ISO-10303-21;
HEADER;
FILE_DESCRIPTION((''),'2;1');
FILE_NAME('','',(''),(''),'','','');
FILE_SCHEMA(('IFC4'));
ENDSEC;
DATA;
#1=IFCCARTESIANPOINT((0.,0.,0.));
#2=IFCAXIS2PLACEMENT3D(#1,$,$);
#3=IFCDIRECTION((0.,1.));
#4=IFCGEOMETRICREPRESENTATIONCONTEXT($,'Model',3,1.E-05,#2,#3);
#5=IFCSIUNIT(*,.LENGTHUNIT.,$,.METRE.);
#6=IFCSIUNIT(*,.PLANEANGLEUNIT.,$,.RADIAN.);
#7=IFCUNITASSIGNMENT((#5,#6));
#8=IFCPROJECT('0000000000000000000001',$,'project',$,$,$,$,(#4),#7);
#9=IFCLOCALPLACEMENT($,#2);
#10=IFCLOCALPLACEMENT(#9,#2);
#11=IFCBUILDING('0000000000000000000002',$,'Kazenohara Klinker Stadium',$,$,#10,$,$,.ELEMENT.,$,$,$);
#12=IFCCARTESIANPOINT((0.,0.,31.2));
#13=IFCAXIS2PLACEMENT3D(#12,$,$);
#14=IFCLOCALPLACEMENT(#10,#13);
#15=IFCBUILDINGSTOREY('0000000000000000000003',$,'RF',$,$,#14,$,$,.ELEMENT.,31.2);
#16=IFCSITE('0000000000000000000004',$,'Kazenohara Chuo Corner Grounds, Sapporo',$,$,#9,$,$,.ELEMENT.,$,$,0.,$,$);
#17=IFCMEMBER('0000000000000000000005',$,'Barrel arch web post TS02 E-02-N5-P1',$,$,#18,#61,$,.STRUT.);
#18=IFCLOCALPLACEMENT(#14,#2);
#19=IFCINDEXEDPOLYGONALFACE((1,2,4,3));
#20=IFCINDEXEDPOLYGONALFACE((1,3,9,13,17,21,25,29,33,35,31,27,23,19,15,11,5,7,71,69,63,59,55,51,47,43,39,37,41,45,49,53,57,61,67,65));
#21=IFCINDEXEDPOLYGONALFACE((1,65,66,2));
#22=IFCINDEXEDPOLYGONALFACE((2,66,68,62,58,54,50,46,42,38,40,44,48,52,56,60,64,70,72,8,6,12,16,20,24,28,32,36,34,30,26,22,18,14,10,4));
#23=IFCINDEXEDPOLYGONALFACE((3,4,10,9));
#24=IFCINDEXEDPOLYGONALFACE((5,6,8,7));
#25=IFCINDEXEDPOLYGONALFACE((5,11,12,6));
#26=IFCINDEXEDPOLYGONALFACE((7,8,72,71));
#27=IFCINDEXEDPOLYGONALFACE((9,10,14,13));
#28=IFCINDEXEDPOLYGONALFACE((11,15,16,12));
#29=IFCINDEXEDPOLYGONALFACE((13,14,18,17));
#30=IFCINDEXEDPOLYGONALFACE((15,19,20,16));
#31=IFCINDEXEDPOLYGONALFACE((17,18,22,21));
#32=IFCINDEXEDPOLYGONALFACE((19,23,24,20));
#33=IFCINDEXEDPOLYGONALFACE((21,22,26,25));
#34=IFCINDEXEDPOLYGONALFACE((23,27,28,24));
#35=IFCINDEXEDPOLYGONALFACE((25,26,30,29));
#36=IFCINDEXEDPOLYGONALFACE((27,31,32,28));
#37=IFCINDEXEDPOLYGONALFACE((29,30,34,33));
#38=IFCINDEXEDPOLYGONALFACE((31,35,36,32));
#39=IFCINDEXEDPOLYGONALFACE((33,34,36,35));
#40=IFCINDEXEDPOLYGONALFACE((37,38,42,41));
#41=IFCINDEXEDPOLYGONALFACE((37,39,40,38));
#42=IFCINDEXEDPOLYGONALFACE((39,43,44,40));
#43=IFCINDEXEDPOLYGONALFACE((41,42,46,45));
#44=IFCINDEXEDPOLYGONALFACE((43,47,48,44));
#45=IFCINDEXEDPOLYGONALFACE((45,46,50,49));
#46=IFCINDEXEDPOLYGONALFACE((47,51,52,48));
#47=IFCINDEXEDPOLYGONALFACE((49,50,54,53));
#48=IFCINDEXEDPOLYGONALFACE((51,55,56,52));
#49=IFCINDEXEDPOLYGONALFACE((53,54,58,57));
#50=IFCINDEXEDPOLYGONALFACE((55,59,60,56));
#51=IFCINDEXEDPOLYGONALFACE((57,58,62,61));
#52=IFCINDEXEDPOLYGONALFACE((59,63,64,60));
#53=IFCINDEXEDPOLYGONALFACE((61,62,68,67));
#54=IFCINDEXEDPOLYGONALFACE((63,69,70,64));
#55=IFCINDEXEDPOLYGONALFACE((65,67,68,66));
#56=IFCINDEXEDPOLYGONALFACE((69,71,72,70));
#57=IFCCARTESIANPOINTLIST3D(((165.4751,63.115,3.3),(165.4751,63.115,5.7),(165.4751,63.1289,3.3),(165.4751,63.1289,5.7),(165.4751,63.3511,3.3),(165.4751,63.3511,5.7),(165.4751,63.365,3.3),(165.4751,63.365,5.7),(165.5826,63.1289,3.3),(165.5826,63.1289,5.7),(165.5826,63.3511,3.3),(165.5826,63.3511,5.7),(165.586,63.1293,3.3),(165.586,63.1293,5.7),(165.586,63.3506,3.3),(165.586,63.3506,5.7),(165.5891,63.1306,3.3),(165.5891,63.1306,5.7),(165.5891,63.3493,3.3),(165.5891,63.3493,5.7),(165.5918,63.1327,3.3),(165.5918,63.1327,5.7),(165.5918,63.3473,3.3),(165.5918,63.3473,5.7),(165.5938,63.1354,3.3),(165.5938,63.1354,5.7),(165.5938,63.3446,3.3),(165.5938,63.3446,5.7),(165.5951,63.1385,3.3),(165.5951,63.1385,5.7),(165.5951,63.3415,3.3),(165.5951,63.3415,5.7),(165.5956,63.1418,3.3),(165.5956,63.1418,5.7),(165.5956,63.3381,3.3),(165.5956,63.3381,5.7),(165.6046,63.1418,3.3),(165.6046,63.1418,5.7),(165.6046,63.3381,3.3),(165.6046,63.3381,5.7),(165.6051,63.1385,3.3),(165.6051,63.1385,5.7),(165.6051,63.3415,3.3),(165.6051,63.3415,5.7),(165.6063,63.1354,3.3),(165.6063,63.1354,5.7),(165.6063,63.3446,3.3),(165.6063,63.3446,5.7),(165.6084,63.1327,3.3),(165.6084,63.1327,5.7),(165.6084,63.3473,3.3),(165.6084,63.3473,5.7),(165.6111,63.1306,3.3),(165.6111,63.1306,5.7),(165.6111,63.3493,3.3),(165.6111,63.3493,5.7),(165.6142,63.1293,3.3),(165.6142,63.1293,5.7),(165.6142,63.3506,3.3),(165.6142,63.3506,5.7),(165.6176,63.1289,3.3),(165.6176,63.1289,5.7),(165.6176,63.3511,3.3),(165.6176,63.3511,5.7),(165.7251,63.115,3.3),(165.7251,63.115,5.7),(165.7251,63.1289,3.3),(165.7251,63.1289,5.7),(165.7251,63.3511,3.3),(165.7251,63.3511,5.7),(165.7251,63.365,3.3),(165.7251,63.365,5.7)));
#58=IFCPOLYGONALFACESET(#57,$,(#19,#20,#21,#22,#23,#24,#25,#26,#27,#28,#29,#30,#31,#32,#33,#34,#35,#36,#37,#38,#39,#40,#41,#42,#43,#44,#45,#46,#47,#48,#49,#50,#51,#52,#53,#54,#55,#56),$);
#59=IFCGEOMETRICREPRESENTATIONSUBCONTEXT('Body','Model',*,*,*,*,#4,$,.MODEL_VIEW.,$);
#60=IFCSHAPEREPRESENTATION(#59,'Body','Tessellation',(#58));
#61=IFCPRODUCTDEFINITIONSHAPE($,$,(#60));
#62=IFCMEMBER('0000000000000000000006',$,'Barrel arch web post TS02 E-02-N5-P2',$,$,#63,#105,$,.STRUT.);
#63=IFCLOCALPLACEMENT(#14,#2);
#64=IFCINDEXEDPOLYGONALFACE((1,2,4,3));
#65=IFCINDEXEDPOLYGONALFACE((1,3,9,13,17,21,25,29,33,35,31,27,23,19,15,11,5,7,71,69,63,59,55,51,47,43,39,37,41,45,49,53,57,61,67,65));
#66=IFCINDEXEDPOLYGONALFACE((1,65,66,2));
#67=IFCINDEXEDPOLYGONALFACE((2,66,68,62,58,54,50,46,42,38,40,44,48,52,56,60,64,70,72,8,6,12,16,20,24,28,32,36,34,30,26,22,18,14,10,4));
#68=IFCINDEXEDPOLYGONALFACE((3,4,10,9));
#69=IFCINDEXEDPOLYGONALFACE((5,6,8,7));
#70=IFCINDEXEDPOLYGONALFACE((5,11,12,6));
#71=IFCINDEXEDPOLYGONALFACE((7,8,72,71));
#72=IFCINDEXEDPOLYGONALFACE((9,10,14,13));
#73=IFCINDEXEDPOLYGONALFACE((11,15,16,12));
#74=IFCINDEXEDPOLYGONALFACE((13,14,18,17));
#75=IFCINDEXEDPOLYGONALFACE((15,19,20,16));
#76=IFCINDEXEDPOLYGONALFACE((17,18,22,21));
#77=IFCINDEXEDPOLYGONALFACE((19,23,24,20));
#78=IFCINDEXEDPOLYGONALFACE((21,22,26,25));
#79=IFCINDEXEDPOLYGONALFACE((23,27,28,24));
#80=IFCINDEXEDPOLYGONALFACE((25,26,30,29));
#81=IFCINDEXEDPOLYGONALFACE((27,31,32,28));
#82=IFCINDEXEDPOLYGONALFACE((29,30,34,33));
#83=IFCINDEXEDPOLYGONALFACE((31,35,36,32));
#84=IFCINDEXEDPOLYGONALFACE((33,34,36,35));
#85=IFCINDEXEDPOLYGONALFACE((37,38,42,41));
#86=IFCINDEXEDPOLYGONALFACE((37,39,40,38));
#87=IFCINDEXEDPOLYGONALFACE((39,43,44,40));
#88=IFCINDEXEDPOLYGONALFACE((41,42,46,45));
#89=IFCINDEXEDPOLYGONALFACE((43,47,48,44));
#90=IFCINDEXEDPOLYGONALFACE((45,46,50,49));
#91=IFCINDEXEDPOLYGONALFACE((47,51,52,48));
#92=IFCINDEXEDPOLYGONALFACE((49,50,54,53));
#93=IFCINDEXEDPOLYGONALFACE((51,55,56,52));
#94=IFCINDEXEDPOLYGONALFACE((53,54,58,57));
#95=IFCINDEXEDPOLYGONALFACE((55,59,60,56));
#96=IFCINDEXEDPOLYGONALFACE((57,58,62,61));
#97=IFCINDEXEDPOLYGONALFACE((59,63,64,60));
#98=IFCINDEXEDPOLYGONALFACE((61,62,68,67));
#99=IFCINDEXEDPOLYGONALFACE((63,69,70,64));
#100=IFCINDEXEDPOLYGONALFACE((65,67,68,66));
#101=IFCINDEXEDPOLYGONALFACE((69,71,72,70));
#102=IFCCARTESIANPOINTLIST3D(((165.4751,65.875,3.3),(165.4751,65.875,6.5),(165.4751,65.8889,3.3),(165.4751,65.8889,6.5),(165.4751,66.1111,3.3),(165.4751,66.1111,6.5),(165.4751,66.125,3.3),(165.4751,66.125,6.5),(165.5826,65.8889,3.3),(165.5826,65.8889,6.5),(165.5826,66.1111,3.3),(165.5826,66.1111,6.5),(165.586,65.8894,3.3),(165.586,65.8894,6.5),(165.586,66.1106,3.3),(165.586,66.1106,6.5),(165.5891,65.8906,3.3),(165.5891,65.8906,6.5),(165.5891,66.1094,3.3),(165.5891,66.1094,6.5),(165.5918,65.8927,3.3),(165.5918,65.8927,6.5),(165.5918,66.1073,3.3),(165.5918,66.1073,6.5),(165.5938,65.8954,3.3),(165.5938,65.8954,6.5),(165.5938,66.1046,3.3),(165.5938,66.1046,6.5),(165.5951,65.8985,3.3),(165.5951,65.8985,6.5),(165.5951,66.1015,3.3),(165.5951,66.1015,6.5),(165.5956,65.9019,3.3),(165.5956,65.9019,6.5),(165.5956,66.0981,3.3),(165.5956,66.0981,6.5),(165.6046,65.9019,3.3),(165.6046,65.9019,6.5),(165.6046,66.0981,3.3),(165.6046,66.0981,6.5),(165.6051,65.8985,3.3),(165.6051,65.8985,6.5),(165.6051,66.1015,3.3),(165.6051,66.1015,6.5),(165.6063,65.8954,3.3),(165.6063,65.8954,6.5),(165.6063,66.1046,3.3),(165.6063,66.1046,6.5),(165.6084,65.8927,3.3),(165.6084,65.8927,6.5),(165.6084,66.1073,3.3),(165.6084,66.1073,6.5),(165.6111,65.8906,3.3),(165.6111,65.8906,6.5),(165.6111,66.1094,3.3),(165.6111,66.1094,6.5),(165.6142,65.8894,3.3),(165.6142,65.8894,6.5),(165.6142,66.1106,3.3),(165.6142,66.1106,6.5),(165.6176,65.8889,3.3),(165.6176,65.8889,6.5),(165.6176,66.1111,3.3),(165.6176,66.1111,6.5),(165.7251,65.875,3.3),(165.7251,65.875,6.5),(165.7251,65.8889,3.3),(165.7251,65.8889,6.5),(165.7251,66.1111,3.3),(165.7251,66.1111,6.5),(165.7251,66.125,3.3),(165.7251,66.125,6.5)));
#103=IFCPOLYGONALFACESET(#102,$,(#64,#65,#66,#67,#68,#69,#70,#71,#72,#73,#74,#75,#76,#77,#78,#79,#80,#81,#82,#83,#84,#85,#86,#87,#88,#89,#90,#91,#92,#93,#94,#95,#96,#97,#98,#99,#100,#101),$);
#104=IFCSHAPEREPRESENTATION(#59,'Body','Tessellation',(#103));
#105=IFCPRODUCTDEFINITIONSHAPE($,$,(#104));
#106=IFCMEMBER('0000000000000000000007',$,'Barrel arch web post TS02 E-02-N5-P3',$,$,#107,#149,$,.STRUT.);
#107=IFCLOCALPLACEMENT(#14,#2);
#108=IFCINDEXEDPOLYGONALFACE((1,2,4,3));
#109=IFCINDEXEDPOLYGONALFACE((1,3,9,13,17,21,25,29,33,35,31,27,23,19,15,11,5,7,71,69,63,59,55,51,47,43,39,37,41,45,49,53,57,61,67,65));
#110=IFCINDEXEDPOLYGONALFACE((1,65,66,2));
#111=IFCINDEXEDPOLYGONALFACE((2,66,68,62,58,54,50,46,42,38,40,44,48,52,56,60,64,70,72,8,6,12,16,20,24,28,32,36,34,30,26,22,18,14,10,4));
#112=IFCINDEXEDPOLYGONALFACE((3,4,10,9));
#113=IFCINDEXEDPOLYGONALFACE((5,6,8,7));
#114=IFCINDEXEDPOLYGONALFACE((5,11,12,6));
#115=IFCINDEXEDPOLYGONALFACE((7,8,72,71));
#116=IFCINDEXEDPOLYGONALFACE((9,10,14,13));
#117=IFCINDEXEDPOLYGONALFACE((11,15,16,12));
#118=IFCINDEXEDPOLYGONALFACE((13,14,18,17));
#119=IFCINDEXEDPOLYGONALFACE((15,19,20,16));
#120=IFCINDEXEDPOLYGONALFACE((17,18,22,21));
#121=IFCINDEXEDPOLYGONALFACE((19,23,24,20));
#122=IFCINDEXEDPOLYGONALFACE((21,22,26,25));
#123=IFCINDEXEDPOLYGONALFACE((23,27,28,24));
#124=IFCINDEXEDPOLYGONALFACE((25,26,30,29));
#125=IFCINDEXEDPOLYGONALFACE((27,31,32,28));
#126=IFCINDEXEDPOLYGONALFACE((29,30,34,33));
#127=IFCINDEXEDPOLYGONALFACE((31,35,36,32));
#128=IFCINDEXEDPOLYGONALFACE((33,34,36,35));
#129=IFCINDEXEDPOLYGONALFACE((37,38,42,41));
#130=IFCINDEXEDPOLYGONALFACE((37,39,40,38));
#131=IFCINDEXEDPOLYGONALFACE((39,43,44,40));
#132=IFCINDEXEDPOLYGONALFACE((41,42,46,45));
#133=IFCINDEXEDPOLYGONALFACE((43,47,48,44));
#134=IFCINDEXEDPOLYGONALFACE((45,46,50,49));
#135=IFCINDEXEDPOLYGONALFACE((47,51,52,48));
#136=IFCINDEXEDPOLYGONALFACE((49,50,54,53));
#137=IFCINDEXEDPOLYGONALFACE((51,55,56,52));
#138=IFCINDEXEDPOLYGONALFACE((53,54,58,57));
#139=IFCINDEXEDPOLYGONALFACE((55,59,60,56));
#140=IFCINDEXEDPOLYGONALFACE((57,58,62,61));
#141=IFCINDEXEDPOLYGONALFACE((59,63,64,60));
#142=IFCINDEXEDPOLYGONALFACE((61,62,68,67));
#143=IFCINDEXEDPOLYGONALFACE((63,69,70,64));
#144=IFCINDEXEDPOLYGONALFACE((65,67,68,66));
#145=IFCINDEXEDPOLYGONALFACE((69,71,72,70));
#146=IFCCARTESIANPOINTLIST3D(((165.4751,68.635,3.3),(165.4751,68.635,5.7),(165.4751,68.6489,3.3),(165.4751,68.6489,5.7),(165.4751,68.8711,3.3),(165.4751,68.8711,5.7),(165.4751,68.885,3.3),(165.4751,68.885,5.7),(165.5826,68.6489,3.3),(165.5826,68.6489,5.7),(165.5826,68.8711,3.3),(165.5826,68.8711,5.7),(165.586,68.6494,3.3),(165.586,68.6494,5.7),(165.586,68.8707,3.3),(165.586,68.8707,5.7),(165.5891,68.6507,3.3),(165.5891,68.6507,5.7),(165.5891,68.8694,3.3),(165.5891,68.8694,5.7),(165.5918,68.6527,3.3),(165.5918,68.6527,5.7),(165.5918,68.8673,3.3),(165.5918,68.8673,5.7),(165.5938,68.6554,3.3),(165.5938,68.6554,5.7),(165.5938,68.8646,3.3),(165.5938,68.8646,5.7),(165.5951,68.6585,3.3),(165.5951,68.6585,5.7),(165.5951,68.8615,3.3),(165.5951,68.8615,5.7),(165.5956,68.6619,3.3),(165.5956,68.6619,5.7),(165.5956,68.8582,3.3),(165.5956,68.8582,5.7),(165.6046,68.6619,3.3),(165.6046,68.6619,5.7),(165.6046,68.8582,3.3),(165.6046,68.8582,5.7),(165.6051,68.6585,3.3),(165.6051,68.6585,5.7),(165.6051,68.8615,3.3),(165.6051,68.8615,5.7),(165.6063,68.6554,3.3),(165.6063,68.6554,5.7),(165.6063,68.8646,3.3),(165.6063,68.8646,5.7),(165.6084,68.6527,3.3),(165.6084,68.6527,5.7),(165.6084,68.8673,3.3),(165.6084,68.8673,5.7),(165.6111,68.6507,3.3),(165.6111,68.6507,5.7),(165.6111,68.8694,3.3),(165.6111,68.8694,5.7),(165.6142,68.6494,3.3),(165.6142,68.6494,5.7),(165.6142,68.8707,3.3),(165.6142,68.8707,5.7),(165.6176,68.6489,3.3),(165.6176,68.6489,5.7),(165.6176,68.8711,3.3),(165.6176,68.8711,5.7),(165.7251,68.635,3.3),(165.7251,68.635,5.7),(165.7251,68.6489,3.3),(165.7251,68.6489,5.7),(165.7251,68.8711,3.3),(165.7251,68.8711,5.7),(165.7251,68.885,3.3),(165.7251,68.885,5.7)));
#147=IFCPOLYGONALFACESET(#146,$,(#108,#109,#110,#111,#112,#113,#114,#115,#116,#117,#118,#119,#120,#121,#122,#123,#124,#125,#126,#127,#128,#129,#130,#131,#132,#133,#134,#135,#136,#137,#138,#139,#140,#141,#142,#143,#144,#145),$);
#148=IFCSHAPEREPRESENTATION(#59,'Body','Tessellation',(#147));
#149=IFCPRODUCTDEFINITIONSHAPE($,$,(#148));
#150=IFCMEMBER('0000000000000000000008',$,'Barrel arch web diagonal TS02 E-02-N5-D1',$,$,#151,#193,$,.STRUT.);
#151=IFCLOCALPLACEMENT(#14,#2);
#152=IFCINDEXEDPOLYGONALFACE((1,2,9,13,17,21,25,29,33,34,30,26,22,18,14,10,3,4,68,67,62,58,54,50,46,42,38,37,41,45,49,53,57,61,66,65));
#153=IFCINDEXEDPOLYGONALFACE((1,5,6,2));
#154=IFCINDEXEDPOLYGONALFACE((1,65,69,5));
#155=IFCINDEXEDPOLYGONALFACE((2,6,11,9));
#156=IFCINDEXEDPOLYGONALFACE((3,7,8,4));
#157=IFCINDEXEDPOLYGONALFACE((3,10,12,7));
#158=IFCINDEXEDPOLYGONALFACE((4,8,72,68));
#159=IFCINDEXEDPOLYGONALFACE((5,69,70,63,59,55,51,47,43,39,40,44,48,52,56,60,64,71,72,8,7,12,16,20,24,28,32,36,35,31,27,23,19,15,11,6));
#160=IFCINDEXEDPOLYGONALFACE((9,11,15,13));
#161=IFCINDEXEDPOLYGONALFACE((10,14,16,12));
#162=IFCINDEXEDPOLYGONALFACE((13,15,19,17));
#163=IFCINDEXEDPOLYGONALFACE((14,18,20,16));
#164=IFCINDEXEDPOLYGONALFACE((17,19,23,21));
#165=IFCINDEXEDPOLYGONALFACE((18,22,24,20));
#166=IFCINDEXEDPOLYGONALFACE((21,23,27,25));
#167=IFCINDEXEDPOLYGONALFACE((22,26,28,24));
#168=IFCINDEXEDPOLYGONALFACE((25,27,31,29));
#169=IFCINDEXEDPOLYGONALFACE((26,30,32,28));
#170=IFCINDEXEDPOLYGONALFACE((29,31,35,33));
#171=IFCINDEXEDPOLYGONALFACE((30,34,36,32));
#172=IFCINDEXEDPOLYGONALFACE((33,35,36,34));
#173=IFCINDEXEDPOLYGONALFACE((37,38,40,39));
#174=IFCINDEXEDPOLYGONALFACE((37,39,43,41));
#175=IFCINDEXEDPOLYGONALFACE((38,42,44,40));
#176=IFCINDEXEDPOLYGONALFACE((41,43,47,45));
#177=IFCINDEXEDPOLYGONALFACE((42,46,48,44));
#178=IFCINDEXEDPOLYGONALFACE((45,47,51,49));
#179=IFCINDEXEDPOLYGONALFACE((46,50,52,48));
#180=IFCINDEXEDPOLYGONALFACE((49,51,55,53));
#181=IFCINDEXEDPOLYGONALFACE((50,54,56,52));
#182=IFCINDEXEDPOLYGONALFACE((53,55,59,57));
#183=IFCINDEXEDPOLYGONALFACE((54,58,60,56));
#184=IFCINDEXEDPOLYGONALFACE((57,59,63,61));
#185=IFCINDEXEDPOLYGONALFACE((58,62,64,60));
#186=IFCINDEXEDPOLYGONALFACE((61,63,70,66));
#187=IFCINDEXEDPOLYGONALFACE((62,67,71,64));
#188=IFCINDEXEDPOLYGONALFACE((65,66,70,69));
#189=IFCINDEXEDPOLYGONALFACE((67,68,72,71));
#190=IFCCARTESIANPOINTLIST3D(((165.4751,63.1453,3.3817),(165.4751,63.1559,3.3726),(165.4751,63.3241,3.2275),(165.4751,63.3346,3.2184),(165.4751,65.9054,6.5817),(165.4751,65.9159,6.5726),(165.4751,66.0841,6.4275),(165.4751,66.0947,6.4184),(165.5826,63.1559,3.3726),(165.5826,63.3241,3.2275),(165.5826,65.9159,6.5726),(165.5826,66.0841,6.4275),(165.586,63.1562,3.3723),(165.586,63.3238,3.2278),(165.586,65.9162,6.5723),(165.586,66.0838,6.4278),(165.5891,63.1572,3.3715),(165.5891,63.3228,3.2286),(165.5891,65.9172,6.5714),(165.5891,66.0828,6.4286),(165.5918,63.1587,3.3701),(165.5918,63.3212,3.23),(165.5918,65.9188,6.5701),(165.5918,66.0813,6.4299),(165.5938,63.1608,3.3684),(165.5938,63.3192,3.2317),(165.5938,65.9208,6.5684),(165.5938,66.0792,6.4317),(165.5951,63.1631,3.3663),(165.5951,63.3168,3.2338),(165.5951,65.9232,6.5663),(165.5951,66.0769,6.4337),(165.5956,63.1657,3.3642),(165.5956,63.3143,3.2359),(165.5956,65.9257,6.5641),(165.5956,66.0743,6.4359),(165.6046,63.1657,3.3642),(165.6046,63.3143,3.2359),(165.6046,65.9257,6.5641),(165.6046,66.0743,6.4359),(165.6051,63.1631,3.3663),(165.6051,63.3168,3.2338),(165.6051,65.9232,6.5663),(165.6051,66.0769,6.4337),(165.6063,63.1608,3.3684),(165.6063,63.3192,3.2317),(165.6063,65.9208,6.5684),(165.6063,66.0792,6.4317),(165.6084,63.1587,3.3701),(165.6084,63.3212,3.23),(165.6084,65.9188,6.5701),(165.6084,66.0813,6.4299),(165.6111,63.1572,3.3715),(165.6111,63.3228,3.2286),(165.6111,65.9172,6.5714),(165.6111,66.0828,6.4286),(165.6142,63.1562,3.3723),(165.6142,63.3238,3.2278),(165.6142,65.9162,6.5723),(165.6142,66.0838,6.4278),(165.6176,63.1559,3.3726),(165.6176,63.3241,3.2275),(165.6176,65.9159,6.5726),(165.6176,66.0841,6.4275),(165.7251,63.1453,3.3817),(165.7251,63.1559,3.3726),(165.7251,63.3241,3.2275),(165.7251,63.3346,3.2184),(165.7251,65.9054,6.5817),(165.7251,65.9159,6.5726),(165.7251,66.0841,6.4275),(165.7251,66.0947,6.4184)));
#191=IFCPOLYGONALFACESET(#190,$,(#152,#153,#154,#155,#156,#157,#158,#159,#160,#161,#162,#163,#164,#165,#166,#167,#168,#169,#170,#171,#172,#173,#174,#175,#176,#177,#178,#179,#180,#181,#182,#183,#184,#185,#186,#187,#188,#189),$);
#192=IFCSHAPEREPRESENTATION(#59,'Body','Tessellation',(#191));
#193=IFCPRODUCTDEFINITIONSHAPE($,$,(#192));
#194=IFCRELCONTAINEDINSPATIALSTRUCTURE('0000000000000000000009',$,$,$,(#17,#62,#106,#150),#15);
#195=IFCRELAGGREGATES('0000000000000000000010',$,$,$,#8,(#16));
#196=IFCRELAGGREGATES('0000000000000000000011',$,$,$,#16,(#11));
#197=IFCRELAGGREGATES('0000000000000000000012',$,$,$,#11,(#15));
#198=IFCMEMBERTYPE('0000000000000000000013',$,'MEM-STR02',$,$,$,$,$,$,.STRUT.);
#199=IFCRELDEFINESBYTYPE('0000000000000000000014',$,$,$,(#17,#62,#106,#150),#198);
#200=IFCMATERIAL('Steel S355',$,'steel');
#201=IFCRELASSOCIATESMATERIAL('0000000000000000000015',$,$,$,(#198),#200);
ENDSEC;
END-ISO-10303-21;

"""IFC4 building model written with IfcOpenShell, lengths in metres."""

from ifc_helpers import new_model, si_unit, direction, frame, origin, origin_2d, place, context, subcontext, project, spatial, i_section, extrude, material, material_profile, profile_set, type_object, element, save


model = new_model("IFC4")

# Units and contexts
model_context = context("Model", 3, precision=1e-05, world=origin(), true_north=direction((0.0, 1.0)))
body_context = subcontext(model_context, "Body", "Model", "MODEL_VIEW")
ifc_project = project(units=[si_unit("LENGTHUNIT", "METRE"), si_unit("PLANEANGLEUNIT", "RADIAN")], contexts=[model_context])

# Site, building, storey
site_placement = place(None, origin())
site = spatial("IfcSite", under=ifc_project, at=site_placement, Name="Kazenohara Chuo Corner Grounds, Sapporo", CompositionType="ELEMENT", RefElevation=0.0)
building_placement = place(site_placement, origin())
building = spatial("IfcBuilding", under=site, at=building_placement, Name="Kazenohara Klinker Stadium", CompositionType="ELEMENT")
storey_placement = place(building_placement, frame((0.0, 0.0, 31.2)))
storey = spatial("IfcBuildingStorey", under=building, at=storey_placement, Name="RF", CompositionType="ELEMENT", Elevation=31.2)

# Members
ifc_material_1 = material(Name="Steel S355", Category="steel")
ifc_material_profile_1 = material_profile(ifc_material_1, i_section(OverallWidth=0.25, OverallDepth=0.25, WebThickness=0.009, FlangeThickness=0.0139, FilletRadius=0.0129, at=origin_2d()), Name="H-250x250x9x14")
ifc_profile_set_1 = profile_set([ifc_material_profile_1], Name="Steel S355")
member_type_1 = type_object("IfcMemberType", Name="MEM-STR02", PredefinedType="STRUT", material=ifc_profile_set_1)
member_1_placement = place(storey_placement, frame((165.6001, 63.24, 3.3), z_axis=(0.0, 0.0, 1.0), x_axis=(1.0, 0.0, 0.0)))
element("IfcMember", 1, at=member_1_placement, inside=storey, type_object=member_type_1, Name="Barrel arch web post TS02 E-02-N5-P1", PredefinedType="STRUT", context=body_context, shape_type="SweptSolid", body=[
    extrude(i_section(OverallWidth=0.25, OverallDepth=0.25, WebThickness=0.009, FlangeThickness=0.0139, FilletRadius=0.0129, at=origin_2d()), origin(), (0.0, 0.0, 1.0), 2.3999),
])
member_2_placement = place(storey_placement, frame((165.6001, 66.0, 3.3), z_axis=(0.0, 0.0, 1.0), x_axis=(1.0, 0.0, 0.0)))
element("IfcMember", 2, at=member_2_placement, inside=storey, type_object=member_type_1, Name="Barrel arch web post TS02 E-02-N5-P2", PredefinedType="STRUT", context=body_context, shape_type="SweptSolid", body=[
    extrude(i_section(OverallWidth=0.25, OverallDepth=0.25, WebThickness=0.009, FlangeThickness=0.0139, FilletRadius=0.0129, at=origin_2d()), origin(), (0.0, 0.0, 1.0), 3.2),
])
member_3_placement = place(storey_placement, frame((165.6001, 68.76, 3.3), z_axis=(0.0, 0.0, 1.0), x_axis=(1.0, 0.0, 0.0)))
element("IfcMember", 3, at=member_3_placement, inside=storey, type_object=member_type_1, Name="Barrel arch web post TS02 E-02-N5-P3", PredefinedType="STRUT", context=body_context, shape_type="SweptSolid", body=[
    extrude(i_section(OverallWidth=0.25, OverallDepth=0.25, WebThickness=0.009, FlangeThickness=0.0139, FilletRadius=0.0129, at=origin_2d()), origin(), (0.0, 0.0, 1.0), 2.3999),
])
for number, where, z_axis, x_axis, name in (
    (4, (165.6001, 63.24, 3.3), (0.0, 0.653134, 0.757242), (-1.0, 0.0, 0.0), "Barrel arch web diagonal TS02 E-02-N5-D1"),
):
    element("IfcMember", number, at=place(storey_placement, frame(where, z_axis=z_axis, x_axis=x_axis)), inside=storey, type_object=member_type_1, Name=name, PredefinedType="STRUT", context=body_context, shape_type="SweptSolid", body=[
        extrude(i_section(OverallWidth=0.25, OverallDepth=0.25, WebThickness=0.009, FlangeThickness=0.0139, FilletRadius=0.0129, at=origin_2d()), origin(), (0.0, 0.0, 1.0), 4.2258),
    ])

save(model, "model.ifc")
